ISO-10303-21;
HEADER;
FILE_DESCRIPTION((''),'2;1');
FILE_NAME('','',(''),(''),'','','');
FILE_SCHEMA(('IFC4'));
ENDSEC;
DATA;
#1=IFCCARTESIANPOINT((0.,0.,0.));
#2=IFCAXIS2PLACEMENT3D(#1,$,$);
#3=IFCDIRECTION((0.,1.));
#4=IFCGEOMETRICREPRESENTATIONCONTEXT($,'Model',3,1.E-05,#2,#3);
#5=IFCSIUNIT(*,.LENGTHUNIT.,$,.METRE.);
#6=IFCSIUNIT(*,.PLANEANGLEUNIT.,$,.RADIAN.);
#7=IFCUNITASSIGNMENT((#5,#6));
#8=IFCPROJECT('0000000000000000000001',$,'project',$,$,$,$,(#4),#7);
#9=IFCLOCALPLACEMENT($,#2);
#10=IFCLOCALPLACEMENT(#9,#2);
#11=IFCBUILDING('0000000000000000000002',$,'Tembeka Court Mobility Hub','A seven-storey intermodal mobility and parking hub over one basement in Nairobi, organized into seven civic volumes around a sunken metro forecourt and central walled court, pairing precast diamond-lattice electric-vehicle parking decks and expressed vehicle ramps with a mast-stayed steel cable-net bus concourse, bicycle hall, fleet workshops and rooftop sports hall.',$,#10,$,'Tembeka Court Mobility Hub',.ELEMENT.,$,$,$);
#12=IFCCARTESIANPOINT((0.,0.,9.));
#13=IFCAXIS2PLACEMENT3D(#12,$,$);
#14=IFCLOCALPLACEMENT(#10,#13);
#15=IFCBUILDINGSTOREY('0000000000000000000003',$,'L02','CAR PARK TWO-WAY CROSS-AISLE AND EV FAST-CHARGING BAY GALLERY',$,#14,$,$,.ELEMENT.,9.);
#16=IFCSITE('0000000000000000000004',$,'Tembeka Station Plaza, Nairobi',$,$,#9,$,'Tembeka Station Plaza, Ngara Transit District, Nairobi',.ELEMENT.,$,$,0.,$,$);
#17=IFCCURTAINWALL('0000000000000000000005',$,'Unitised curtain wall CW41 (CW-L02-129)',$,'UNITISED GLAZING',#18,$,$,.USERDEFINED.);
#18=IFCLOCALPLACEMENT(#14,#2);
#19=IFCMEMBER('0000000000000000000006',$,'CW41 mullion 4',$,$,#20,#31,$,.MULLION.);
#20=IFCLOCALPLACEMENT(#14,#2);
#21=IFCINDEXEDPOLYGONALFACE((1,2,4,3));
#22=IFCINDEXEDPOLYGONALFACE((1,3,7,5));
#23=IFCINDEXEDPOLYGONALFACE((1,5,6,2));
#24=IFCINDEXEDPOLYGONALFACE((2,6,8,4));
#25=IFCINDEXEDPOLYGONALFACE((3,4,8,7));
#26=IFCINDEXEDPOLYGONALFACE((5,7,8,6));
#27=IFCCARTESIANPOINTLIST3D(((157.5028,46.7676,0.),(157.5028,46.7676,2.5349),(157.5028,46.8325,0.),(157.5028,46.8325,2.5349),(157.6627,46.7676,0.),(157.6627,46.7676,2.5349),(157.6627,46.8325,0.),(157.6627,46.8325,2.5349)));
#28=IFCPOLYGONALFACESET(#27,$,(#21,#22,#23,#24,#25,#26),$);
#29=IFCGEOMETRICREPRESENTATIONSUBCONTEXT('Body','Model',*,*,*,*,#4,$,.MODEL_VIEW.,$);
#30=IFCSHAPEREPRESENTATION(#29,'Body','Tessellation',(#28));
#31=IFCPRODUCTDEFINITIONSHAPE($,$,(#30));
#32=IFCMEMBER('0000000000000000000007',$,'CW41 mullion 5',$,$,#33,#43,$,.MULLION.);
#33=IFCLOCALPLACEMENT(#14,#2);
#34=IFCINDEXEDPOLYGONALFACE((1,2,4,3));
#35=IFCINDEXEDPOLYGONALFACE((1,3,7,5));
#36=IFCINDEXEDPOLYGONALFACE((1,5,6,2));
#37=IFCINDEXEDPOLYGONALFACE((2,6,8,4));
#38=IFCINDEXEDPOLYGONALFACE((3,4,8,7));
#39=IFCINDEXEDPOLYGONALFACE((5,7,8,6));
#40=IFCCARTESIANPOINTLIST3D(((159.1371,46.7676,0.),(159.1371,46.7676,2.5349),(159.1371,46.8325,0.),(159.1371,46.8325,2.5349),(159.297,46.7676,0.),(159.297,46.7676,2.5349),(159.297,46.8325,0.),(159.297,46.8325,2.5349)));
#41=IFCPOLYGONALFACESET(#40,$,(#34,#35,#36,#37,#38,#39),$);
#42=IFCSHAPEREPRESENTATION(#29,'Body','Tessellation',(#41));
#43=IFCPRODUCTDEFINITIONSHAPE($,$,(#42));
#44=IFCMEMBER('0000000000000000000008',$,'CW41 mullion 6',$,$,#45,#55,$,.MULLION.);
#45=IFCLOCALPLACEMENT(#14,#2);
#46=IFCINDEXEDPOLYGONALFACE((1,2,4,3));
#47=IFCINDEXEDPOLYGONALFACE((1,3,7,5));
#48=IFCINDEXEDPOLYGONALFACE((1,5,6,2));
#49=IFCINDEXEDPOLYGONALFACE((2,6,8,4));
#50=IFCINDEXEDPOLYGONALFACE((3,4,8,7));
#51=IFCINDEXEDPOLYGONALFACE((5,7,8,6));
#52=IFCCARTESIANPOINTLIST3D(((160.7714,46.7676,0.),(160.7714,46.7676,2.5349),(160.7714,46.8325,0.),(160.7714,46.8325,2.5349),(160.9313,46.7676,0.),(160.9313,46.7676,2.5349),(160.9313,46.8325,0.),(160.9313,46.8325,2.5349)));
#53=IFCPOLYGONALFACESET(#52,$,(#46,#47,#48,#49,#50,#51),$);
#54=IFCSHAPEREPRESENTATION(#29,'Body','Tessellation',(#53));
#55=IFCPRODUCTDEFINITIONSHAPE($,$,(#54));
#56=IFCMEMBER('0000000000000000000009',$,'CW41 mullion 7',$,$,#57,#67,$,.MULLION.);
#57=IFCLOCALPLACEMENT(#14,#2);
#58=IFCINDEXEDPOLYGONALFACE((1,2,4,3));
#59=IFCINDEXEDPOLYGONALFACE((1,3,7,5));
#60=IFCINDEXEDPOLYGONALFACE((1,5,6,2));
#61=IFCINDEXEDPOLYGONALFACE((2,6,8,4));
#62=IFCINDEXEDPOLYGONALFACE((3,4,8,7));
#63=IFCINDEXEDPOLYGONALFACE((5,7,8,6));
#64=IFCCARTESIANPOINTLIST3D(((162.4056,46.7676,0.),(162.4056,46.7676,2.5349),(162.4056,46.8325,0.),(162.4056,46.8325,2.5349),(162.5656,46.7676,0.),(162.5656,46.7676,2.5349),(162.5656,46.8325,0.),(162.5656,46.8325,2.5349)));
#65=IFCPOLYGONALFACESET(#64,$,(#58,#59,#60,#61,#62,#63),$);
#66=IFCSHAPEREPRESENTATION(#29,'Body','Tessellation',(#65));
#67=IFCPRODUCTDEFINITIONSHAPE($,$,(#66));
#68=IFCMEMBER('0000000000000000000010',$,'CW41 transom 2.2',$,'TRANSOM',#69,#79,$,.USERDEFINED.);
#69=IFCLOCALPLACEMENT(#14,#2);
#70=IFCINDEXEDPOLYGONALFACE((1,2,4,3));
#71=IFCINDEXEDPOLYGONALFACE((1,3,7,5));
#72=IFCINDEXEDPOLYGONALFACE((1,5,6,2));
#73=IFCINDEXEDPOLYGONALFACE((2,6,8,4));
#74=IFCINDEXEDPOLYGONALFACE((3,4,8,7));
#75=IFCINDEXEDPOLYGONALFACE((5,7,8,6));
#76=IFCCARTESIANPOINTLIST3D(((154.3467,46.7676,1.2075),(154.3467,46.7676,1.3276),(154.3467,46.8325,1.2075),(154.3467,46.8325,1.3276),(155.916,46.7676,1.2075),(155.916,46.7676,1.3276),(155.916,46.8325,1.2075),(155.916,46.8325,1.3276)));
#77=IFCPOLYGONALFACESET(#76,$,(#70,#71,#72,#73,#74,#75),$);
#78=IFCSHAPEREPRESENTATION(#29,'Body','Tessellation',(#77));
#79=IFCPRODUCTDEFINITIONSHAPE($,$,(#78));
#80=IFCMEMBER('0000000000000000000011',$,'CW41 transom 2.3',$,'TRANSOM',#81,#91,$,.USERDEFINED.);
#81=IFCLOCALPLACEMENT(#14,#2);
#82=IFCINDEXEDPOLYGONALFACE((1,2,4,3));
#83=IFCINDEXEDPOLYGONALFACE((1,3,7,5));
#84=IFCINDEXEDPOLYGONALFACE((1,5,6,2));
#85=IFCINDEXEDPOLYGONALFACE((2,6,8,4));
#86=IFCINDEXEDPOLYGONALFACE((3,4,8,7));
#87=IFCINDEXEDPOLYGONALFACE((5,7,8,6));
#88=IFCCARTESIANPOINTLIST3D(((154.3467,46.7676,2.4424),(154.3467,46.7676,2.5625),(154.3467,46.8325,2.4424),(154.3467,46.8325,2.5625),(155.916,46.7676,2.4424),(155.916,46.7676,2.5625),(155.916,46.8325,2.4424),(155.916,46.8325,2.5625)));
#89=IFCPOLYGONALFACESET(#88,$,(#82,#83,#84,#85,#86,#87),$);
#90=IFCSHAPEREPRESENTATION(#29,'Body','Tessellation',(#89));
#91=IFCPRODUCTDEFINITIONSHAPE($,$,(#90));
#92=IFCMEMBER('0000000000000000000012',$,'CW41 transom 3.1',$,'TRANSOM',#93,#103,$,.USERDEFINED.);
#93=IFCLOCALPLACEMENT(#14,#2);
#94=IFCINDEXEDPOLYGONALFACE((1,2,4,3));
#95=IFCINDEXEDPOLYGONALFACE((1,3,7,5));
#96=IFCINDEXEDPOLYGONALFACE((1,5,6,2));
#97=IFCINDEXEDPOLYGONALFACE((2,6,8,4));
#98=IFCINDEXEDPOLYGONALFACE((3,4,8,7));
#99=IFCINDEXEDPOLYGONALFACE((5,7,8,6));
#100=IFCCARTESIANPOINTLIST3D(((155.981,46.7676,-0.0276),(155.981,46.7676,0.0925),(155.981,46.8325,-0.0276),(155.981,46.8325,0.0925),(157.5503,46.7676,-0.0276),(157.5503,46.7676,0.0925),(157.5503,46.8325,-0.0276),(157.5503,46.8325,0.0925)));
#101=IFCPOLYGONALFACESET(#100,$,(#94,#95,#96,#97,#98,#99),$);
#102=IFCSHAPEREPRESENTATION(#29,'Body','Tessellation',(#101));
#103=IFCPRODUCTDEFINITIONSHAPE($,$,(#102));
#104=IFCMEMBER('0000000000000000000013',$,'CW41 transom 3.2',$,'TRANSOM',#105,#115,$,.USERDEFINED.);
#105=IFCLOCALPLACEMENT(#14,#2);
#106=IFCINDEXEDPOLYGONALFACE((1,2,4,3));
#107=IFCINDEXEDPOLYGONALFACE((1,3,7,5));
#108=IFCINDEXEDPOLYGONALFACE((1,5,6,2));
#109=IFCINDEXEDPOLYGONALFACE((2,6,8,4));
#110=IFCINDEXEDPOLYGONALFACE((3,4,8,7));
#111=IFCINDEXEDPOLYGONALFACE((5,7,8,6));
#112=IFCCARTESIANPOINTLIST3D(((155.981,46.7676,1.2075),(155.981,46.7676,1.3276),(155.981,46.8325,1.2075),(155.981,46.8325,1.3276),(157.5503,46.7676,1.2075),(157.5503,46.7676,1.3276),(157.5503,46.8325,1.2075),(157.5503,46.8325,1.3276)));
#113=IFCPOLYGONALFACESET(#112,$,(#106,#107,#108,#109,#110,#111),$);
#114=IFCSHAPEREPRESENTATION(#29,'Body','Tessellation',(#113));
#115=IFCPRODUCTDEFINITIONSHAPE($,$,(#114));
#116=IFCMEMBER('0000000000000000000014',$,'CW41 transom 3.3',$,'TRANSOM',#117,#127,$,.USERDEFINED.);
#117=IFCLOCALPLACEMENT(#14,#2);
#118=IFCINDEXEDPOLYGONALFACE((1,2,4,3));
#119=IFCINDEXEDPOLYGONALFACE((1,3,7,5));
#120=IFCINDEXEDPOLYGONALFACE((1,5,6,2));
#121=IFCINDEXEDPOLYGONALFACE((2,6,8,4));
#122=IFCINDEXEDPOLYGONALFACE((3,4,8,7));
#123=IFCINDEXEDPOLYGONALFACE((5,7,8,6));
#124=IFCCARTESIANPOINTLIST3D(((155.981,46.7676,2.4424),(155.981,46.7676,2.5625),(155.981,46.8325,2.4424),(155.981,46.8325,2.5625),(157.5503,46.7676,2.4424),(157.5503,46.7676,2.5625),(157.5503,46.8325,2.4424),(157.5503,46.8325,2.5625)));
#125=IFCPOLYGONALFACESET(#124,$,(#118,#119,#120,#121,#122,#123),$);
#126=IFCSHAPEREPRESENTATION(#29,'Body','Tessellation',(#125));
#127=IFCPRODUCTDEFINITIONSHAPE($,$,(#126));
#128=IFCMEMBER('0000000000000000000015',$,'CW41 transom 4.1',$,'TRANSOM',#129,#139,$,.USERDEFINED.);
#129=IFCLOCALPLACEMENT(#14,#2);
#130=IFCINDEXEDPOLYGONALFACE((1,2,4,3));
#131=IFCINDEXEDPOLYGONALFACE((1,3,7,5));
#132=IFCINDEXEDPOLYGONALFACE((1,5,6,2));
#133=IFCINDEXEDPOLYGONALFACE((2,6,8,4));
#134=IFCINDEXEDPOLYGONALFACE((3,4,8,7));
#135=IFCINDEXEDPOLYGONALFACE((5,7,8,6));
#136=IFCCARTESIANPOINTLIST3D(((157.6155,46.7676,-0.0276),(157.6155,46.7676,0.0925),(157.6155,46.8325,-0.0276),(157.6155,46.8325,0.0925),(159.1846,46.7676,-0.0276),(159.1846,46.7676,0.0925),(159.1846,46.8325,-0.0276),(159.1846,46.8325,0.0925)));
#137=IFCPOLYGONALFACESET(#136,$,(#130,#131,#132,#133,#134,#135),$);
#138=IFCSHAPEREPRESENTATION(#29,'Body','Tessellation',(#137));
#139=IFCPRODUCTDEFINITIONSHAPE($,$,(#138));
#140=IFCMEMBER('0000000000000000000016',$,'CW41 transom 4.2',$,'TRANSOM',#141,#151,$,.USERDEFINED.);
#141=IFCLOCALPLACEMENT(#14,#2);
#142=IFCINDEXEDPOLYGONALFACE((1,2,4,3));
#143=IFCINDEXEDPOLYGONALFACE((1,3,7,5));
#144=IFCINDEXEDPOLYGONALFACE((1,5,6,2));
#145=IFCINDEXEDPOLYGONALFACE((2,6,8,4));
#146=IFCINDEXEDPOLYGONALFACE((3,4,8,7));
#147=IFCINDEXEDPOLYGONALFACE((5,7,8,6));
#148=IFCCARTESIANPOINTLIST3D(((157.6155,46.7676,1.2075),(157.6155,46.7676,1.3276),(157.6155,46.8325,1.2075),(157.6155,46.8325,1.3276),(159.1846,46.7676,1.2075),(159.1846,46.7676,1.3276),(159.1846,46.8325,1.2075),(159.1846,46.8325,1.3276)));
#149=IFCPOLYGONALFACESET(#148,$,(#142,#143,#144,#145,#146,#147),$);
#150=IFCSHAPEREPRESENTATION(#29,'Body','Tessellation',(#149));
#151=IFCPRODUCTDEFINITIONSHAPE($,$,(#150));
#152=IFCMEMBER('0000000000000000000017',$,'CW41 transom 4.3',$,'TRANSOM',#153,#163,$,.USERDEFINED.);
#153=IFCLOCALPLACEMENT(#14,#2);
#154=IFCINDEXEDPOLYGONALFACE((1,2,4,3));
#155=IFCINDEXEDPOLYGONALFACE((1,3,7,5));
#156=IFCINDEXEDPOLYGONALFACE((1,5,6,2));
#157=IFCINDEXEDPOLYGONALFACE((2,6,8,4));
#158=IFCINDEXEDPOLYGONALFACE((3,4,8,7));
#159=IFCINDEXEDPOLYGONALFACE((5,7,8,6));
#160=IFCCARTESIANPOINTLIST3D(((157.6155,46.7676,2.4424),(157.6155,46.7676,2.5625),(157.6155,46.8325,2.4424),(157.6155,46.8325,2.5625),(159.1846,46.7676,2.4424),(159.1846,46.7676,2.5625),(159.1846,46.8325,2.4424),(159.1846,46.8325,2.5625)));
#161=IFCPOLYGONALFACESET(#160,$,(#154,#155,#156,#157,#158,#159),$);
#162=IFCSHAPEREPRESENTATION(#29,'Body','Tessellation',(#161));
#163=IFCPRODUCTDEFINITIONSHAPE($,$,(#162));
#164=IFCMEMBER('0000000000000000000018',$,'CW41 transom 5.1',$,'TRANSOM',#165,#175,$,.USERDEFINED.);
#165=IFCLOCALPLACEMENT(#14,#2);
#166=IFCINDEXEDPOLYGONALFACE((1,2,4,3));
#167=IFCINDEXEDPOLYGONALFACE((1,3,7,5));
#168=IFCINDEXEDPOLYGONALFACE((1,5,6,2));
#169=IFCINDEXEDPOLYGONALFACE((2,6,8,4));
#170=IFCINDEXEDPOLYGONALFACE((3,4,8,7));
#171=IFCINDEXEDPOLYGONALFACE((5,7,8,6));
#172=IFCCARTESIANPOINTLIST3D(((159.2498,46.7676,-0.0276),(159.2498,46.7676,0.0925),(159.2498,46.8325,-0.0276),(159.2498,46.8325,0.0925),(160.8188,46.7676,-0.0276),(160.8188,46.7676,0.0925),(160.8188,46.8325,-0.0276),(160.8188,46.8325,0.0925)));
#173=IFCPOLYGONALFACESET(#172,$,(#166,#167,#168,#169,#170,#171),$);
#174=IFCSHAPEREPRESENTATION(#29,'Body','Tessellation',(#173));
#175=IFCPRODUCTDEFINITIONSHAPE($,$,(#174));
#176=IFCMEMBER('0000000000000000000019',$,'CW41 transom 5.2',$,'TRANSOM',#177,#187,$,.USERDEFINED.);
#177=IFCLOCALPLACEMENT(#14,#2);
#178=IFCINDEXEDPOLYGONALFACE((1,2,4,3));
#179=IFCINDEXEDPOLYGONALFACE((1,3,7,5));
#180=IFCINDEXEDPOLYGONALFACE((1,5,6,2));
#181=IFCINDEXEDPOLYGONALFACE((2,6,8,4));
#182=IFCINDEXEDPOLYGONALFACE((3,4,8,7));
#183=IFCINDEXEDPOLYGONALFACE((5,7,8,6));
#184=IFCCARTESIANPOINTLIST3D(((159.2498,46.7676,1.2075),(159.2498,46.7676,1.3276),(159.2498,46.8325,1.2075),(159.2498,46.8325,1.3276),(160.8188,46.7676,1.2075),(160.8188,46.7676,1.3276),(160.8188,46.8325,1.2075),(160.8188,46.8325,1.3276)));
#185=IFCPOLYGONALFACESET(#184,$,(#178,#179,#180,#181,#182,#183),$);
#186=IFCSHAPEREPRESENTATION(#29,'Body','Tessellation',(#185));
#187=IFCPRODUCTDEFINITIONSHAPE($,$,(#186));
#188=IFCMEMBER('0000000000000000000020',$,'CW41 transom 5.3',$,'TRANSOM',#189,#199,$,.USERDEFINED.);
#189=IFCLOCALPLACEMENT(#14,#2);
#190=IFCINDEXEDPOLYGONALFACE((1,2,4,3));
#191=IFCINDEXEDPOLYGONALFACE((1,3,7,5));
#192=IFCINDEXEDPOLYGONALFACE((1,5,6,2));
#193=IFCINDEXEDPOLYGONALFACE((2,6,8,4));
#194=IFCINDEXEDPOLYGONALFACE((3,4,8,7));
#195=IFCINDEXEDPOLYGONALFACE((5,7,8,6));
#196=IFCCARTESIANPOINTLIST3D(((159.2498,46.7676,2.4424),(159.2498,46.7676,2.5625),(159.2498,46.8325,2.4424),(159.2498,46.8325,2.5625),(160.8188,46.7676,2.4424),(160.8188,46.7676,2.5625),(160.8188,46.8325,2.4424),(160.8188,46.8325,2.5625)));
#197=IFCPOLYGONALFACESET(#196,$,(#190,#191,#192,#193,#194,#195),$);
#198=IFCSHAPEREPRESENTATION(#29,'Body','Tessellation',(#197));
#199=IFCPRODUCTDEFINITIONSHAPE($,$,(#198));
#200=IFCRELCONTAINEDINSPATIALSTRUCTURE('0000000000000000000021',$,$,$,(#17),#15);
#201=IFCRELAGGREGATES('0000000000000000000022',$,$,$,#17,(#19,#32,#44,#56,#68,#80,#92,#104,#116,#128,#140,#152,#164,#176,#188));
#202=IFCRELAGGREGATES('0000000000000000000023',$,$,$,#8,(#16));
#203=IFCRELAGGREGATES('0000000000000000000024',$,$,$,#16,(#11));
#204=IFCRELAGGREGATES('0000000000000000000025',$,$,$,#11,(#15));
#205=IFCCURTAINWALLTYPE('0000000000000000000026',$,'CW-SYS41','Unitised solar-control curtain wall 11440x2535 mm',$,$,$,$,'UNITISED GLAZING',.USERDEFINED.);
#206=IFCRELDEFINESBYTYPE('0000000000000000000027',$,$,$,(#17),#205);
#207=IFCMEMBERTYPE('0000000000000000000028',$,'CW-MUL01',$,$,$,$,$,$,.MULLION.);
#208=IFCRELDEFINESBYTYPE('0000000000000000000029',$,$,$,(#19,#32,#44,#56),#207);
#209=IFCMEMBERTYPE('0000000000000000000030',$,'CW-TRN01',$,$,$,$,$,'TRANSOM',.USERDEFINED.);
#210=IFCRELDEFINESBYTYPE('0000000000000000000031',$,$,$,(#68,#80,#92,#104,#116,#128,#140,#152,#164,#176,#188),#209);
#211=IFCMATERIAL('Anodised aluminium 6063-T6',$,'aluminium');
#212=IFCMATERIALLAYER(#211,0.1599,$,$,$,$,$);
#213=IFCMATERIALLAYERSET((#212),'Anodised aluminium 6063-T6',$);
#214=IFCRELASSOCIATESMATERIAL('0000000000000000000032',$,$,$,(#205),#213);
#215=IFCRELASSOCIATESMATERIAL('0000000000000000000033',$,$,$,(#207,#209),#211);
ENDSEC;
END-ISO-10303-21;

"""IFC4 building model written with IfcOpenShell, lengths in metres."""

from ifc_helpers import new_model, si_unit, direction, frame, origin, origin_2d, place, context, subcontext, project, spatial, rectangle, extrude, material, layer, layer_set, material_profile, profile_set, type_object, element, aggregate, save


model = new_model("IFC4")

# Units and contexts
model_context = context("Model", 3, precision=1e-05, world=origin(), true_north=direction((0.0, 1.0)))
body_context = subcontext(model_context, "Body", "Model", "MODEL_VIEW")
ifc_project = project(units=[si_unit("LENGTHUNIT", "METRE"), si_unit("PLANEANGLEUNIT", "RADIAN")], contexts=[model_context])

# Site, building, storey
site_placement = place(None, origin())
site = spatial("IfcSite", under=ifc_project, at=site_placement, Name="Tembeka Station Plaza, Nairobi", LongName="Tembeka Station Plaza, Ngara Transit District, Nairobi", CompositionType="ELEMENT", RefElevation=0.0)
building_placement = place(site_placement, origin())
building = spatial("IfcBuilding", under=site, at=building_placement, Name="Tembeka Court Mobility Hub", Description="A seven-storey intermodal mobility and parking hub over one basement in Nairobi, organized into seven civic volumes around a sunken metro forecourt and central walled court, pairing precast diamond-lattice electric-vehicle parking decks and expressed vehicle ramps with a mast-stayed steel cable-net bus concourse, bicycle hall, fleet workshops and rooftop sports hall.", LongName="Tembeka Court Mobility Hub", CompositionType="ELEMENT")
storey_placement = place(building_placement, frame((0.0, 0.0, 9.0)))
storey = spatial("IfcBuildingStorey", under=building, at=storey_placement, Name="L02", Description="CAR PARK TWO-WAY CROSS-AISLE AND EV FAST-CHARGING BAY GALLERY", CompositionType="ELEMENT", Elevation=9.0)

# Curtain wall, members
ifc_material_1 = material(Name="Anodised aluminium 6063-T6", Category="aluminium")
ifc_layer_1 = layer(ifc_material_1, 0.1599)
ifc_layer_set_1 = layer_set([ifc_layer_1], Name="Anodised aluminium 6063-T6")
curtain_wall_type = type_object("IfcCurtainWallType", Name="CW-SYS41", Description="Unitised solar-control curtain wall 11440x2535 mm", ElementType="UNITISED GLAZING", PredefinedType="USERDEFINED", material=ifc_layer_set_1)
curtain_wall_placement = place(storey_placement, origin())
curtain_wall = element("IfcCurtainWall", 1, at=curtain_wall_placement, inside=storey, type_object=curtain_wall_type, Name="Unitised curtain wall CW41 (CW-L02-129)", ObjectType="UNITISED GLAZING", PredefinedType="USERDEFINED")
ifc_material_profile_1 = material_profile(ifc_material_1, rectangle(XDim=0.0649, YDim=0.1599, at=origin_2d()), Name="ALU-MUL 65x160")
ifc_profile_set_1 = profile_set([ifc_material_profile_1], Name="Anodised aluminium 6063-T6")
member_type_1 = type_object("IfcMemberType", Name="CW-MUL01", PredefinedType="MULLION", material=ifc_profile_set_1)
member_1_placement = place(storey_placement, frame((157.5828, 46.8, 0.0), z_axis=(0.0, 0.0, 1.0), x_axis=(0.0, 1.0, 0.0)))
member_1 = element("IfcMember", 2, at=member_1_placement, type_object=member_type_1, Name="CW41 mullion 4", PredefinedType="MULLION", context=body_context, shape_type="SweptSolid", body=[
    extrude(rectangle(XDim=0.0649, YDim=0.1599, at=origin_2d()), origin(), (0.0, 0.0, 1.0), 2.5349),
])
member_2_placement = place(storey_placement, frame((159.217, 46.8, 0.0), z_axis=(0.0, 0.0, 1.0), x_axis=(0.0, 1.0, 0.0)))
member_2 = element("IfcMember", 3, at=member_2_placement, type_object=member_type_1, Name="CW41 mullion 5", PredefinedType="MULLION", context=body_context, shape_type="SweptSolid", body=[
    extrude(rectangle(XDim=0.0649, YDim=0.1599, at=origin_2d()), origin(), (0.0, 0.0, 1.0), 2.5349),
])
member_3_placement = place(storey_placement, frame((160.8513, 46.8, 0.0), z_axis=(0.0, 0.0, 1.0), x_axis=(0.0, 1.0, 0.0)))
member_3 = element("IfcMember", 4, at=member_3_placement, type_object=member_type_1, Name="CW41 mullion 6", PredefinedType="MULLION", context=body_context, shape_type="SweptSolid", body=[
    extrude(rectangle(XDim=0.0649, YDim=0.1599, at=origin_2d()), origin(), (0.0, 0.0, 1.0), 2.5349),
])
member_4_placement = place(storey_placement, frame((162.4856, 46.8, 0.0), z_axis=(0.0, 0.0, 1.0), x_axis=(0.0, 1.0, 0.0)))
member_4 = element("IfcMember", 5, at=member_4_placement, type_object=member_type_1, Name="CW41 mullion 7", PredefinedType="MULLION", context=body_context, shape_type="SweptSolid", body=[
    extrude(rectangle(XDim=0.0649, YDim=0.1599, at=origin_2d()), origin(), (0.0, 0.0, 1.0), 2.5349),
])
ifc_material_profile_2 = material_profile(ifc_material_1, rectangle(XDim=0.0649, YDim=0.1201, at=origin_2d()), Name="ALU-TRN 65x120")
ifc_profile_set_2 = profile_set([ifc_material_profile_2], Name="Anodised aluminium 6063-T6")
member_type_2 = type_object("IfcMemberType", Name="CW-TRN01", ElementType="TRANSOM", PredefinedType="USERDEFINED", material=ifc_profile_set_2)
member_5_placement = place(storey_placement, frame((154.3467, 46.8, 1.2676), z_axis=(1.0, 0.0, 0.0), x_axis=(0.0, 1.0, 0.0)))
member_5 = element("IfcMember", 6, at=member_5_placement, type_object=member_type_2, Name="CW41 transom 2.2", ObjectType="TRANSOM", PredefinedType="USERDEFINED", context=body_context, shape_type="SweptSolid", body=[
    extrude(rectangle(XDim=0.0649, YDim=0.1201, at=origin_2d()), origin(), (0.0, 0.0, 1.0), 1.5693),
])
member_6_placement = place(storey_placement, frame((154.3467, 46.8, 2.5024), z_axis=(1.0, 0.0, 0.0), x_axis=(0.0, 1.0, 0.0)))
member_6 = element("IfcMember", 7, at=member_6_placement, type_object=member_type_2, Name="CW41 transom 2.3", ObjectType="TRANSOM", PredefinedType="USERDEFINED", context=body_context, shape_type="SweptSolid", body=[
    extrude(rectangle(XDim=0.0649, YDim=0.1201, at=origin_2d()), origin(), (0.0, 0.0, 1.0), 1.5693),
])
member_7_placement = place(storey_placement, frame((155.981, 46.8, 0.0325), z_axis=(1.0, 0.0, 0.0), x_axis=(0.0, 1.0, 0.0)))
member_7 = element("IfcMember", 8, at=member_7_placement, type_object=member_type_2, Name="CW41 transom 3.1", ObjectType="TRANSOM", PredefinedType="USERDEFINED", context=body_context, shape_type="SweptSolid", body=[
    extrude(rectangle(XDim=0.0649, YDim=0.1201, at=origin_2d()), origin(), (0.0, 0.0, 1.0), 1.5693),
])
member_8_placement = place(storey_placement, frame((155.981, 46.8, 1.2676), z_axis=(1.0, 0.0, 0.0), x_axis=(0.0, 1.0, 0.0)))
member_8 = element("IfcMember", 9, at=member_8_placement, type_object=member_type_2, Name="CW41 transom 3.2", ObjectType="TRANSOM", PredefinedType="USERDEFINED", context=body_context, shape_type="SweptSolid", body=[
    extrude(rectangle(XDim=0.0649, YDim=0.1201, at=origin_2d()), origin(), (0.0, 0.0, 1.0), 1.5693),
])
member_9_placement = place(storey_placement, frame((155.981, 46.8, 2.5024), z_axis=(1.0, 0.0, 0.0), x_axis=(0.0, 1.0, 0.0)))
member_9 = element("IfcMember", 10, at=member_9_placement, type_object=member_type_2, Name="CW41 transom 3.3", ObjectType="TRANSOM", PredefinedType="USERDEFINED", context=body_context, shape_type="SweptSolid", body=[
    extrude(rectangle(XDim=0.0649, YDim=0.1201, at=origin_2d()), origin(), (0.0, 0.0, 1.0), 1.5693),
])
member_10_placement = place(storey_placement, frame((157.6155, 46.8, 0.0325), z_axis=(1.0, 0.0, 0.0), x_axis=(0.0, 1.0, 0.0)))
member_10 = element("IfcMember", 11, at=member_10_placement, type_object=member_type_2, Name="CW41 transom 4.1", ObjectType="TRANSOM", PredefinedType="USERDEFINED", context=body_context, shape_type="SweptSolid", body=[
    extrude(rectangle(XDim=0.0649, YDim=0.1201, at=origin_2d()), origin(), (0.0, 0.0, 1.0), 1.5691),
])
member_11_placement = place(storey_placement, frame((157.6155, 46.8, 1.2676), z_axis=(1.0, 0.0, 0.0), x_axis=(0.0, 1.0, 0.0)))
member_11 = element("IfcMember", 12, at=member_11_placement, type_object=member_type_2, Name="CW41 transom 4.2", ObjectType="TRANSOM", PredefinedType="USERDEFINED", context=body_context, shape_type="SweptSolid", body=[
    extrude(rectangle(XDim=0.0649, YDim=0.1201, at=origin_2d()), origin(), (0.0, 0.0, 1.0), 1.5691),
])
member_12_placement = place(storey_placement, frame((157.6155, 46.8, 2.5024), z_axis=(1.0, 0.0, 0.0), x_axis=(0.0, 1.0, 0.0)))
member_12 = element("IfcMember", 13, at=member_12_placement, type_object=member_type_2, Name="CW41 transom 4.3", ObjectType="TRANSOM", PredefinedType="USERDEFINED", context=body_context, shape_type="SweptSolid", body=[
    extrude(rectangle(XDim=0.0649, YDim=0.1201, at=origin_2d()), origin(), (0.0, 0.0, 1.0), 1.5691),
])
member_13_placement = place(storey_placement, frame((159.2498, 46.8, 0.0325), z_axis=(1.0, 0.0, 0.0), x_axis=(0.0, 1.0, 0.0)))
member_13 = element("IfcMember", 14, at=member_13_placement, type_object=member_type_2, Name="CW41 transom 5.1", ObjectType="TRANSOM", PredefinedType="USERDEFINED", context=body_context, shape_type="SweptSolid", body=[
    extrude(rectangle(XDim=0.0649, YDim=0.1201, at=origin_2d()), origin(), (0.0, 0.0, 1.0), 1.5691),
])
member_14_placement = place(storey_placement, frame((159.2498, 46.8, 1.2676), z_axis=(1.0, 0.0, 0.0), x_axis=(0.0, 1.0, 0.0)))
member_14 = element("IfcMember", 15, at=member_14_placement, type_object=member_type_2, Name="CW41 transom 5.2", ObjectType="TRANSOM", PredefinedType="USERDEFINED", context=body_context, shape_type="SweptSolid", body=[
    extrude(rectangle(XDim=0.0649, YDim=0.1201, at=origin_2d()), origin(), (0.0, 0.0, 1.0), 1.5691),
])
member_15_placement = place(storey_placement, frame((159.2498, 46.8, 2.5024), z_axis=(1.0, 0.0, 0.0), x_axis=(0.0, 1.0, 0.0)))
member_15 = element("IfcMember", 16, at=member_15_placement, type_object=member_type_2, Name="CW41 transom 5.3", ObjectType="TRANSOM", PredefinedType="USERDEFINED", context=body_context, shape_type="SweptSolid", body=[
    extrude(rectangle(XDim=0.0649, YDim=0.1201, at=origin_2d()), origin(), (0.0, 0.0, 1.0), 1.5691),
])
aggregate(curtain_wall, [member_1, member_2, member_3, member_4, member_5, member_6, member_7, member_8, member_9, member_10, member_11, member_12, member_13, member_14, member_15])

save(model, "model.ifc")
